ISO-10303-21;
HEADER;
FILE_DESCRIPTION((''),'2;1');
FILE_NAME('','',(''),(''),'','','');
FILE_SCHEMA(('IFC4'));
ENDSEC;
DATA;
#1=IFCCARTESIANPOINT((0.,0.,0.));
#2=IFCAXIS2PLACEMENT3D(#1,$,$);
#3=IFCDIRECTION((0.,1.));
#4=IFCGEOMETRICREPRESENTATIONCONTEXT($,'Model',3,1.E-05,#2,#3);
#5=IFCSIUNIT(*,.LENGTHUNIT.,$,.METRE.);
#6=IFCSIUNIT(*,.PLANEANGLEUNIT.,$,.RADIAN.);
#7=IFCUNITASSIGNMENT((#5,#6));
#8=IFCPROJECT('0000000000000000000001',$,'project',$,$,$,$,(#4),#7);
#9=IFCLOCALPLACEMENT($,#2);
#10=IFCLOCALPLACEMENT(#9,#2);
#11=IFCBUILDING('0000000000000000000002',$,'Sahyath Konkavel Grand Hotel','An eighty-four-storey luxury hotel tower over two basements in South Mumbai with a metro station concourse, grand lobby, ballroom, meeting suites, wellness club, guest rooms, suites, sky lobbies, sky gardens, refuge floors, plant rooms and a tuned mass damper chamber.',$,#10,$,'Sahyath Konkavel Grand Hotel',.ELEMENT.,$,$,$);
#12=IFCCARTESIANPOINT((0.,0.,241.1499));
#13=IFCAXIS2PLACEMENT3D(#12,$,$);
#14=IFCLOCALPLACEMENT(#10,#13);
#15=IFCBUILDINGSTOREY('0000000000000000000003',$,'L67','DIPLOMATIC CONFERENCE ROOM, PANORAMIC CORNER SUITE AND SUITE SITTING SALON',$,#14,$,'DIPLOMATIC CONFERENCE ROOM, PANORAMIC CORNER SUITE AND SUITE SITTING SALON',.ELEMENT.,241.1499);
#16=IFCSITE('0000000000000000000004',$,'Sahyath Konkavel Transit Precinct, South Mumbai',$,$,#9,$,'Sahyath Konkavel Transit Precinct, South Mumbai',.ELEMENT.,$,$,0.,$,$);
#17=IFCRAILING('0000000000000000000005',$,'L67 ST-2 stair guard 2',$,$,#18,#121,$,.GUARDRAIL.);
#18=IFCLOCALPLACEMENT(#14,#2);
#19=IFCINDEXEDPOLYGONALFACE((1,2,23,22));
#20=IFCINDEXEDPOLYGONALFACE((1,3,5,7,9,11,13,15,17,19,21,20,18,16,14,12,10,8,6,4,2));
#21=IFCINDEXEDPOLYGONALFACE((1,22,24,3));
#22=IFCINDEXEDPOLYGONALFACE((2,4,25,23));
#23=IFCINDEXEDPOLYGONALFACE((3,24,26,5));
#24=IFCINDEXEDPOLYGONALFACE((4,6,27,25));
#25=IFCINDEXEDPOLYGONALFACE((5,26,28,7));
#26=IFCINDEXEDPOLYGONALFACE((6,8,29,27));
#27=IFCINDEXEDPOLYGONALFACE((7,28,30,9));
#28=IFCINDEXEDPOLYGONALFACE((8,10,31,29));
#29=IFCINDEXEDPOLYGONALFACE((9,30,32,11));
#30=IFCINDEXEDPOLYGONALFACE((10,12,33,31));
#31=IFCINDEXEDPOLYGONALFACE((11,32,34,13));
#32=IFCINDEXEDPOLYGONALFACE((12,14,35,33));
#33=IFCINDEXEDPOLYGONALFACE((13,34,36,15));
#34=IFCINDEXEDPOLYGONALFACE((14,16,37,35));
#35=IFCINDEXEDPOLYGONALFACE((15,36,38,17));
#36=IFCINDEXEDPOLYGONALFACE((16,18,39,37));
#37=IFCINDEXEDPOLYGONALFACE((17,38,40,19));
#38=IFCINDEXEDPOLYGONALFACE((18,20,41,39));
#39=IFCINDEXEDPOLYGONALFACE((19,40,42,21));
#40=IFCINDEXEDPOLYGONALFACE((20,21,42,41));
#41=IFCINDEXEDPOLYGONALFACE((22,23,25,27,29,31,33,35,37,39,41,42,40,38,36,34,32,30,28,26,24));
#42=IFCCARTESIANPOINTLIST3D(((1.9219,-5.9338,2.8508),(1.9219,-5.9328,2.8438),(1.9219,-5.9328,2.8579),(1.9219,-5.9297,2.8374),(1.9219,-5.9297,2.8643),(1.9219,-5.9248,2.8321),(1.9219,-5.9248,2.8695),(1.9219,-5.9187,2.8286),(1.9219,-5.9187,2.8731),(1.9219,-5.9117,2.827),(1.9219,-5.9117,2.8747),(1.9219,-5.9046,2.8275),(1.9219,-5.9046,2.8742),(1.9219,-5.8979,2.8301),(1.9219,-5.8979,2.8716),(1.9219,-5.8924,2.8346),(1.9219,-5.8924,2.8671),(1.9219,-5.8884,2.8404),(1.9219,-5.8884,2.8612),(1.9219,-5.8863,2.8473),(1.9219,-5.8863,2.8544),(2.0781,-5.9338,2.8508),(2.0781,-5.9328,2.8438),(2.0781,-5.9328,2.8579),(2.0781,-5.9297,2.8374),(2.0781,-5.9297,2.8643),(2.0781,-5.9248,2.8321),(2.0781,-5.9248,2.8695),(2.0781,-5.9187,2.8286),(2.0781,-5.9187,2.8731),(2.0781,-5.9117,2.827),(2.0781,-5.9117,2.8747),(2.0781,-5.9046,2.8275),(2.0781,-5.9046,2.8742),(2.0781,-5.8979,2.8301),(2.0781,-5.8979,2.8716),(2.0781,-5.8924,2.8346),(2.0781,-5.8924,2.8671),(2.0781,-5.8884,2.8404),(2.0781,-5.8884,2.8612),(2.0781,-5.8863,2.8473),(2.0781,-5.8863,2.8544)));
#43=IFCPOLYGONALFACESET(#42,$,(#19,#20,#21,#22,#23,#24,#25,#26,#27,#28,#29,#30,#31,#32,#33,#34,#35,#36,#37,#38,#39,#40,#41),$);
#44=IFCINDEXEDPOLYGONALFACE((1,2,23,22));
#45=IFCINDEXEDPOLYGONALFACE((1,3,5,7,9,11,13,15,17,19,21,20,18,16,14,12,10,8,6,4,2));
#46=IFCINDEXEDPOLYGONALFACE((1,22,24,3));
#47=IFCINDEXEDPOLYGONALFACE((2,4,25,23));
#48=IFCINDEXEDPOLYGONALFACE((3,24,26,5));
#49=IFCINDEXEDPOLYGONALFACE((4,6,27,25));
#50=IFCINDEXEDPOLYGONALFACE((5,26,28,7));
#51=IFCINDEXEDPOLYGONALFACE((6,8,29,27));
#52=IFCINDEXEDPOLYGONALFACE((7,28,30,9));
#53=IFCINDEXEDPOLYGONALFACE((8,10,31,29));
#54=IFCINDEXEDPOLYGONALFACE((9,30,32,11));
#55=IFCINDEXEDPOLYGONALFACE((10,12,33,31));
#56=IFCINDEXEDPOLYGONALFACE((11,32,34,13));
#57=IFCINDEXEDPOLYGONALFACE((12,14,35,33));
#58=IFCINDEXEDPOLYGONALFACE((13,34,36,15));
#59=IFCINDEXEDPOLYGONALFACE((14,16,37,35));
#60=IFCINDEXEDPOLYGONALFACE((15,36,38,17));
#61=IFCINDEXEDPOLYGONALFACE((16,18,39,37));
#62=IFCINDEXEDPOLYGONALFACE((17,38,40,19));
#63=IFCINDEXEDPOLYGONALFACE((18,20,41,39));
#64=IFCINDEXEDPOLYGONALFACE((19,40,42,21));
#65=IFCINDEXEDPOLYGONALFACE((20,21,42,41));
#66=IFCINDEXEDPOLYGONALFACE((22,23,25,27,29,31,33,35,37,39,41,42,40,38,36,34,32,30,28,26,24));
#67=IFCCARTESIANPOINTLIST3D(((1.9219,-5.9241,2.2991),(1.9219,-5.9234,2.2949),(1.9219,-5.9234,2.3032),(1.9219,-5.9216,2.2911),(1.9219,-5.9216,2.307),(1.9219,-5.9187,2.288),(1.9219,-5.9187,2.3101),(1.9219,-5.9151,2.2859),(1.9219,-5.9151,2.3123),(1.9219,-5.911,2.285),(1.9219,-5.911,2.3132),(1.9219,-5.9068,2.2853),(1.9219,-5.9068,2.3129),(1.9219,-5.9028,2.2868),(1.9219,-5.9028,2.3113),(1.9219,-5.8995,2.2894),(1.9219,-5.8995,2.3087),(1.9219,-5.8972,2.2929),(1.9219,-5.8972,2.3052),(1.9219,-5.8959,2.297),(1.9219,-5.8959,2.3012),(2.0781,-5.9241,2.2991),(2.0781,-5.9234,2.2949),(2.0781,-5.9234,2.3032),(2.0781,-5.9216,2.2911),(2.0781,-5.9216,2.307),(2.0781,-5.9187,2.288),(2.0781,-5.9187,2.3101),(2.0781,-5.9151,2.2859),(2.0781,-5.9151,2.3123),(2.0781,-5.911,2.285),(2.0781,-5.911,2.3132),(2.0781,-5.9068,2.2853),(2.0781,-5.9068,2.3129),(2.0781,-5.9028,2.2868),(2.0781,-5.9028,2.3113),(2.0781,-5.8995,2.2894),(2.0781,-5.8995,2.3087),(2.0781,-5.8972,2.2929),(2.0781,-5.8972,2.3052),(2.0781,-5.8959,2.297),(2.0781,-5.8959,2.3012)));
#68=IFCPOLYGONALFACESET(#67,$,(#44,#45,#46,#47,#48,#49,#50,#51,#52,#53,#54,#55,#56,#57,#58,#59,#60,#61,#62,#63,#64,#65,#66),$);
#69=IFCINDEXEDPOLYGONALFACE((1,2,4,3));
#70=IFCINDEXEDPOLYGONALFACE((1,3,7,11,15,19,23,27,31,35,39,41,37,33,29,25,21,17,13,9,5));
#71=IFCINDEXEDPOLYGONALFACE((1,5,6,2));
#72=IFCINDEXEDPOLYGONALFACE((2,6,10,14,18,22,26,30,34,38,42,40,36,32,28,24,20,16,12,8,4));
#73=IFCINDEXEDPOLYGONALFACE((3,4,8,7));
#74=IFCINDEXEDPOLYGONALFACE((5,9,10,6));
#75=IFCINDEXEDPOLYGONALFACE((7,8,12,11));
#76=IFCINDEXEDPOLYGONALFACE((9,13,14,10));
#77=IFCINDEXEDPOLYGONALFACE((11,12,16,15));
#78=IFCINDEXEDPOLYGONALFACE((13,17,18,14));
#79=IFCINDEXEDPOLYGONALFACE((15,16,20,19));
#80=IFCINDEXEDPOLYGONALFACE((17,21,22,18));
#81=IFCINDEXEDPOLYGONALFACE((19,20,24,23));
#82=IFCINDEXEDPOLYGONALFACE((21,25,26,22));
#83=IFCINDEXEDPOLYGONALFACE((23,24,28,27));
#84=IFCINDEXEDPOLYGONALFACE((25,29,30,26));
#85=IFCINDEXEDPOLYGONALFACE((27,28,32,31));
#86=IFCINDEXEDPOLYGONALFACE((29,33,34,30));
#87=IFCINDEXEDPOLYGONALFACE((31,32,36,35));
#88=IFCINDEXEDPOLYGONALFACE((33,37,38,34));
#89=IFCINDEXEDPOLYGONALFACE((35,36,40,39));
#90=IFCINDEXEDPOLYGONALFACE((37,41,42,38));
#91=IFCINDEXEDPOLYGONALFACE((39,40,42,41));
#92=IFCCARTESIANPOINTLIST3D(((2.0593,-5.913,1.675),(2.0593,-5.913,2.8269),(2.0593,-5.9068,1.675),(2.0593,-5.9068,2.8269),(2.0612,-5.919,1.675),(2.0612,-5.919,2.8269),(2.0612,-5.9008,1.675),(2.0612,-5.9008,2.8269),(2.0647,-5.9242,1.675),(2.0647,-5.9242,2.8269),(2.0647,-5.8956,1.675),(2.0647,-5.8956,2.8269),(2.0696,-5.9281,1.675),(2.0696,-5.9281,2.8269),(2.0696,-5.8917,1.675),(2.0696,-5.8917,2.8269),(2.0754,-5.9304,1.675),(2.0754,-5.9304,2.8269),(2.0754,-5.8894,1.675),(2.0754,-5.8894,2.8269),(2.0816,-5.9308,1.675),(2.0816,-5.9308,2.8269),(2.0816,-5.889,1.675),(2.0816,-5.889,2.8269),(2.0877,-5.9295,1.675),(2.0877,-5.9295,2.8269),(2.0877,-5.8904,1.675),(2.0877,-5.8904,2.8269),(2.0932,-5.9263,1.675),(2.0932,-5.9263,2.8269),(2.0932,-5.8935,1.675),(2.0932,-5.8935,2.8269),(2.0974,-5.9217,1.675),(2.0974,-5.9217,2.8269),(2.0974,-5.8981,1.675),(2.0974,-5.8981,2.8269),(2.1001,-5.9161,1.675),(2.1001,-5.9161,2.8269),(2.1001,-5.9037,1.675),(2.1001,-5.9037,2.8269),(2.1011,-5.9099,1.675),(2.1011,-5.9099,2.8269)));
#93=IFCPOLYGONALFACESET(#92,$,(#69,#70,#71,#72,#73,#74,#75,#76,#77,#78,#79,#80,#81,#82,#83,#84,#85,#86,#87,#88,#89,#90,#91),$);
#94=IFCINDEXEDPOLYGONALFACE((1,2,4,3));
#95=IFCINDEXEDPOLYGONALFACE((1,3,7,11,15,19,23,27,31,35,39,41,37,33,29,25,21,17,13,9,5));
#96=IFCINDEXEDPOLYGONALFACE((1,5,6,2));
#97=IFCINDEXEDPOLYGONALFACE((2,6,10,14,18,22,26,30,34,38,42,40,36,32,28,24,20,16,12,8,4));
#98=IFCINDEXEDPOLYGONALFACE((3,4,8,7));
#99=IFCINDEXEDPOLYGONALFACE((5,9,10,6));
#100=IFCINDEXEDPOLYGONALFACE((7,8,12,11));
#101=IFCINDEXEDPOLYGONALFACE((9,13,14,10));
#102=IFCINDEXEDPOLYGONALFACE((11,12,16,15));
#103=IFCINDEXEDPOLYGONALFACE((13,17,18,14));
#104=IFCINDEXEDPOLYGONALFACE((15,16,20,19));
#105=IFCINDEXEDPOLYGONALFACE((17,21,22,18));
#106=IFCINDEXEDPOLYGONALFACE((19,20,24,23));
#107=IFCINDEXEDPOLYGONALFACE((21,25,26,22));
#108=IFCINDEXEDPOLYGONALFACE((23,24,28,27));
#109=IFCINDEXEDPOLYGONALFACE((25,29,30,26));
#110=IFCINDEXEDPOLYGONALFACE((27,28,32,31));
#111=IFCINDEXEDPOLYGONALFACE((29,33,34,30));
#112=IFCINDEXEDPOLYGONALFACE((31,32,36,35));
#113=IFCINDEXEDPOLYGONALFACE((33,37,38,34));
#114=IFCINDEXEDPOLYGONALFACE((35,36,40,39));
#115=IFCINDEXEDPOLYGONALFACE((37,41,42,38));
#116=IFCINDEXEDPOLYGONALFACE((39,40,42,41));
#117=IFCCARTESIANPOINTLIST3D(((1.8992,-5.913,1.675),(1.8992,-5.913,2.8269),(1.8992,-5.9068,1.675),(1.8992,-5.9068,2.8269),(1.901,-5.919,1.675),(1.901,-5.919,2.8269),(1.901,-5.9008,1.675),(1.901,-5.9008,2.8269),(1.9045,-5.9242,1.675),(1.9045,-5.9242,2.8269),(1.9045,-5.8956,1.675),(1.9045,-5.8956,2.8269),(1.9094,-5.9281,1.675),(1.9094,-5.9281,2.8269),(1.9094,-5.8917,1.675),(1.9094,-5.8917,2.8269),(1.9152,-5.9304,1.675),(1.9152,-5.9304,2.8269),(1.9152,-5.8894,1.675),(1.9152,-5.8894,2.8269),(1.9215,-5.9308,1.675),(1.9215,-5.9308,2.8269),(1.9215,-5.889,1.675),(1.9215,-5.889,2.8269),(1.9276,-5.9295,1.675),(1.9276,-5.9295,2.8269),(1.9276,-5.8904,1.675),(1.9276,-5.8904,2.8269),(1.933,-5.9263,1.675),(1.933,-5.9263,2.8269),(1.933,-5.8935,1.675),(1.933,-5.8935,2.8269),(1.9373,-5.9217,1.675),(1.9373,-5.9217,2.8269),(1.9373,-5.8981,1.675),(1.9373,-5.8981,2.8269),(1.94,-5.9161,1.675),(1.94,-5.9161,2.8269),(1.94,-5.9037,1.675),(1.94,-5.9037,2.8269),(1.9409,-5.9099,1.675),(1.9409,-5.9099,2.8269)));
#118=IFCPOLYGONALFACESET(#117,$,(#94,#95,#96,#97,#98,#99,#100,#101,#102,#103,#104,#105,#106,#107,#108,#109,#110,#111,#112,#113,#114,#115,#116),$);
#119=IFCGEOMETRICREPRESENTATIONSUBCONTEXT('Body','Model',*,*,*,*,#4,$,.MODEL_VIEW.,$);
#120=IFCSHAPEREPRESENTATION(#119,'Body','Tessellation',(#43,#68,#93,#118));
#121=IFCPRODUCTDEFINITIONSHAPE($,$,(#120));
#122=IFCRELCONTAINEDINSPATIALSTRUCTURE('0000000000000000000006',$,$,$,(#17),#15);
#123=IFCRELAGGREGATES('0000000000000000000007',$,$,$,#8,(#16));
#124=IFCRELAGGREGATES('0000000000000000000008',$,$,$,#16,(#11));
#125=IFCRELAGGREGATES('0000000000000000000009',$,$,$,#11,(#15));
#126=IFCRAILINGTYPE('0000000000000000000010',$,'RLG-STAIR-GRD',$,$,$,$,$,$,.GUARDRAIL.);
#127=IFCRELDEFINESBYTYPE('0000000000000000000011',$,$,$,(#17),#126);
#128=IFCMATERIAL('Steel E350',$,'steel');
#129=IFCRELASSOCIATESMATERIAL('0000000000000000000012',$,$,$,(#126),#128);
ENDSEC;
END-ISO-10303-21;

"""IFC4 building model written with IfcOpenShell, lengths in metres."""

from ifc_helpers import new_model, si_unit, direction, frame, origin, origin_2d, place, context, subcontext, project, spatial, circle, extrude, material, type_object, element, save


model = new_model("IFC4")

# Units and contexts
model_context = context("Model", 3, precision=1e-05, world=origin(), true_north=direction((0.0, 1.0)))
body_context = subcontext(model_context, "Body", "Model", "MODEL_VIEW")
ifc_project = project(units=[si_unit("LENGTHUNIT", "METRE"), si_unit("PLANEANGLEUNIT", "RADIAN")], contexts=[model_context])

# Site, building, storey
site_placement = place(None, origin())
site = spatial("IfcSite", under=ifc_project, at=site_placement, Name="Sahyath Konkavel Transit Precinct, South Mumbai", LongName="Sahyath Konkavel Transit Precinct, South Mumbai", CompositionType="ELEMENT", RefElevation=0.0)
building_placement = place(site_placement, origin())
building = spatial("IfcBuilding", under=site, at=building_placement, Name="Sahyath Konkavel Grand Hotel", Description="An eighty-four-storey luxury hotel tower over two basements in South Mumbai with a metro station concourse, grand lobby, ballroom, meeting suites, wellness club, guest rooms, suites, sky lobbies, sky gardens, refuge floors, plant rooms and a tuned mass damper chamber.", LongName="Sahyath Konkavel Grand Hotel", CompositionType="ELEMENT")
storey_placement = place(building_placement, frame((0.0, 0.0, 241.1499)))
storey = spatial("IfcBuildingStorey", under=building, at=storey_placement, Name="L67", Description="DIPLOMATIC CONFERENCE ROOM, PANORAMIC CORNER SUITE AND SUITE SITTING SALON", LongName="DIPLOMATIC CONFERENCE ROOM, PANORAMIC CORNER SUITE AND SUITE SITTING SALON", CompositionType="ELEMENT", Elevation=241.1499)

# Shared definitions
ifc_material_1 = material(Name="Steel E350", Category="steel")

# Railing
railing_type_1 = type_object("IfcRailingType", Name="RLG-STAIR-GRD", PredefinedType="GUARDRAIL", material=ifc_material_1)
railing_1_placement = place(storey_placement, frame((2.0801, -5.9099, 1.675)))
element("IfcRailing", 1, at=railing_1_placement, inside=storey, type_object=railing_type_1, Name="L67 ST-2 stair guard 2", PredefinedType="GUARDRAIL", context=body_context, shape_type="SweptSolid", body=[
    extrude(circle(Radius=0.0239, at=origin_2d()), frame((-0.002, 0.0, 1.1758), z_axis=(-1.0, 0.0, 0.0), x_axis=(0.0, -1.0, 0.0)), (0.0, 0.0, 1.0), 0.1562),
    extrude(circle(Radius=0.0142, at=origin_2d()), frame((-0.002, 0.0, 0.624), z_axis=(-1.0, 0.0, 0.0), x_axis=(0.0, -1.0, 0.0)), (0.0, 0.0, 1.0), 0.1562),
    extrude(circle(Radius=0.021, at=origin_2d()), origin(), (0.0, 0.0, 1.0), 1.1519),
    extrude(circle(Radius=0.021, at=origin_2d()), frame((-0.1602, 0.0, 0.0)), (0.0, 0.0, 1.0), 1.1519),
])

save(model, "model.ifc")
